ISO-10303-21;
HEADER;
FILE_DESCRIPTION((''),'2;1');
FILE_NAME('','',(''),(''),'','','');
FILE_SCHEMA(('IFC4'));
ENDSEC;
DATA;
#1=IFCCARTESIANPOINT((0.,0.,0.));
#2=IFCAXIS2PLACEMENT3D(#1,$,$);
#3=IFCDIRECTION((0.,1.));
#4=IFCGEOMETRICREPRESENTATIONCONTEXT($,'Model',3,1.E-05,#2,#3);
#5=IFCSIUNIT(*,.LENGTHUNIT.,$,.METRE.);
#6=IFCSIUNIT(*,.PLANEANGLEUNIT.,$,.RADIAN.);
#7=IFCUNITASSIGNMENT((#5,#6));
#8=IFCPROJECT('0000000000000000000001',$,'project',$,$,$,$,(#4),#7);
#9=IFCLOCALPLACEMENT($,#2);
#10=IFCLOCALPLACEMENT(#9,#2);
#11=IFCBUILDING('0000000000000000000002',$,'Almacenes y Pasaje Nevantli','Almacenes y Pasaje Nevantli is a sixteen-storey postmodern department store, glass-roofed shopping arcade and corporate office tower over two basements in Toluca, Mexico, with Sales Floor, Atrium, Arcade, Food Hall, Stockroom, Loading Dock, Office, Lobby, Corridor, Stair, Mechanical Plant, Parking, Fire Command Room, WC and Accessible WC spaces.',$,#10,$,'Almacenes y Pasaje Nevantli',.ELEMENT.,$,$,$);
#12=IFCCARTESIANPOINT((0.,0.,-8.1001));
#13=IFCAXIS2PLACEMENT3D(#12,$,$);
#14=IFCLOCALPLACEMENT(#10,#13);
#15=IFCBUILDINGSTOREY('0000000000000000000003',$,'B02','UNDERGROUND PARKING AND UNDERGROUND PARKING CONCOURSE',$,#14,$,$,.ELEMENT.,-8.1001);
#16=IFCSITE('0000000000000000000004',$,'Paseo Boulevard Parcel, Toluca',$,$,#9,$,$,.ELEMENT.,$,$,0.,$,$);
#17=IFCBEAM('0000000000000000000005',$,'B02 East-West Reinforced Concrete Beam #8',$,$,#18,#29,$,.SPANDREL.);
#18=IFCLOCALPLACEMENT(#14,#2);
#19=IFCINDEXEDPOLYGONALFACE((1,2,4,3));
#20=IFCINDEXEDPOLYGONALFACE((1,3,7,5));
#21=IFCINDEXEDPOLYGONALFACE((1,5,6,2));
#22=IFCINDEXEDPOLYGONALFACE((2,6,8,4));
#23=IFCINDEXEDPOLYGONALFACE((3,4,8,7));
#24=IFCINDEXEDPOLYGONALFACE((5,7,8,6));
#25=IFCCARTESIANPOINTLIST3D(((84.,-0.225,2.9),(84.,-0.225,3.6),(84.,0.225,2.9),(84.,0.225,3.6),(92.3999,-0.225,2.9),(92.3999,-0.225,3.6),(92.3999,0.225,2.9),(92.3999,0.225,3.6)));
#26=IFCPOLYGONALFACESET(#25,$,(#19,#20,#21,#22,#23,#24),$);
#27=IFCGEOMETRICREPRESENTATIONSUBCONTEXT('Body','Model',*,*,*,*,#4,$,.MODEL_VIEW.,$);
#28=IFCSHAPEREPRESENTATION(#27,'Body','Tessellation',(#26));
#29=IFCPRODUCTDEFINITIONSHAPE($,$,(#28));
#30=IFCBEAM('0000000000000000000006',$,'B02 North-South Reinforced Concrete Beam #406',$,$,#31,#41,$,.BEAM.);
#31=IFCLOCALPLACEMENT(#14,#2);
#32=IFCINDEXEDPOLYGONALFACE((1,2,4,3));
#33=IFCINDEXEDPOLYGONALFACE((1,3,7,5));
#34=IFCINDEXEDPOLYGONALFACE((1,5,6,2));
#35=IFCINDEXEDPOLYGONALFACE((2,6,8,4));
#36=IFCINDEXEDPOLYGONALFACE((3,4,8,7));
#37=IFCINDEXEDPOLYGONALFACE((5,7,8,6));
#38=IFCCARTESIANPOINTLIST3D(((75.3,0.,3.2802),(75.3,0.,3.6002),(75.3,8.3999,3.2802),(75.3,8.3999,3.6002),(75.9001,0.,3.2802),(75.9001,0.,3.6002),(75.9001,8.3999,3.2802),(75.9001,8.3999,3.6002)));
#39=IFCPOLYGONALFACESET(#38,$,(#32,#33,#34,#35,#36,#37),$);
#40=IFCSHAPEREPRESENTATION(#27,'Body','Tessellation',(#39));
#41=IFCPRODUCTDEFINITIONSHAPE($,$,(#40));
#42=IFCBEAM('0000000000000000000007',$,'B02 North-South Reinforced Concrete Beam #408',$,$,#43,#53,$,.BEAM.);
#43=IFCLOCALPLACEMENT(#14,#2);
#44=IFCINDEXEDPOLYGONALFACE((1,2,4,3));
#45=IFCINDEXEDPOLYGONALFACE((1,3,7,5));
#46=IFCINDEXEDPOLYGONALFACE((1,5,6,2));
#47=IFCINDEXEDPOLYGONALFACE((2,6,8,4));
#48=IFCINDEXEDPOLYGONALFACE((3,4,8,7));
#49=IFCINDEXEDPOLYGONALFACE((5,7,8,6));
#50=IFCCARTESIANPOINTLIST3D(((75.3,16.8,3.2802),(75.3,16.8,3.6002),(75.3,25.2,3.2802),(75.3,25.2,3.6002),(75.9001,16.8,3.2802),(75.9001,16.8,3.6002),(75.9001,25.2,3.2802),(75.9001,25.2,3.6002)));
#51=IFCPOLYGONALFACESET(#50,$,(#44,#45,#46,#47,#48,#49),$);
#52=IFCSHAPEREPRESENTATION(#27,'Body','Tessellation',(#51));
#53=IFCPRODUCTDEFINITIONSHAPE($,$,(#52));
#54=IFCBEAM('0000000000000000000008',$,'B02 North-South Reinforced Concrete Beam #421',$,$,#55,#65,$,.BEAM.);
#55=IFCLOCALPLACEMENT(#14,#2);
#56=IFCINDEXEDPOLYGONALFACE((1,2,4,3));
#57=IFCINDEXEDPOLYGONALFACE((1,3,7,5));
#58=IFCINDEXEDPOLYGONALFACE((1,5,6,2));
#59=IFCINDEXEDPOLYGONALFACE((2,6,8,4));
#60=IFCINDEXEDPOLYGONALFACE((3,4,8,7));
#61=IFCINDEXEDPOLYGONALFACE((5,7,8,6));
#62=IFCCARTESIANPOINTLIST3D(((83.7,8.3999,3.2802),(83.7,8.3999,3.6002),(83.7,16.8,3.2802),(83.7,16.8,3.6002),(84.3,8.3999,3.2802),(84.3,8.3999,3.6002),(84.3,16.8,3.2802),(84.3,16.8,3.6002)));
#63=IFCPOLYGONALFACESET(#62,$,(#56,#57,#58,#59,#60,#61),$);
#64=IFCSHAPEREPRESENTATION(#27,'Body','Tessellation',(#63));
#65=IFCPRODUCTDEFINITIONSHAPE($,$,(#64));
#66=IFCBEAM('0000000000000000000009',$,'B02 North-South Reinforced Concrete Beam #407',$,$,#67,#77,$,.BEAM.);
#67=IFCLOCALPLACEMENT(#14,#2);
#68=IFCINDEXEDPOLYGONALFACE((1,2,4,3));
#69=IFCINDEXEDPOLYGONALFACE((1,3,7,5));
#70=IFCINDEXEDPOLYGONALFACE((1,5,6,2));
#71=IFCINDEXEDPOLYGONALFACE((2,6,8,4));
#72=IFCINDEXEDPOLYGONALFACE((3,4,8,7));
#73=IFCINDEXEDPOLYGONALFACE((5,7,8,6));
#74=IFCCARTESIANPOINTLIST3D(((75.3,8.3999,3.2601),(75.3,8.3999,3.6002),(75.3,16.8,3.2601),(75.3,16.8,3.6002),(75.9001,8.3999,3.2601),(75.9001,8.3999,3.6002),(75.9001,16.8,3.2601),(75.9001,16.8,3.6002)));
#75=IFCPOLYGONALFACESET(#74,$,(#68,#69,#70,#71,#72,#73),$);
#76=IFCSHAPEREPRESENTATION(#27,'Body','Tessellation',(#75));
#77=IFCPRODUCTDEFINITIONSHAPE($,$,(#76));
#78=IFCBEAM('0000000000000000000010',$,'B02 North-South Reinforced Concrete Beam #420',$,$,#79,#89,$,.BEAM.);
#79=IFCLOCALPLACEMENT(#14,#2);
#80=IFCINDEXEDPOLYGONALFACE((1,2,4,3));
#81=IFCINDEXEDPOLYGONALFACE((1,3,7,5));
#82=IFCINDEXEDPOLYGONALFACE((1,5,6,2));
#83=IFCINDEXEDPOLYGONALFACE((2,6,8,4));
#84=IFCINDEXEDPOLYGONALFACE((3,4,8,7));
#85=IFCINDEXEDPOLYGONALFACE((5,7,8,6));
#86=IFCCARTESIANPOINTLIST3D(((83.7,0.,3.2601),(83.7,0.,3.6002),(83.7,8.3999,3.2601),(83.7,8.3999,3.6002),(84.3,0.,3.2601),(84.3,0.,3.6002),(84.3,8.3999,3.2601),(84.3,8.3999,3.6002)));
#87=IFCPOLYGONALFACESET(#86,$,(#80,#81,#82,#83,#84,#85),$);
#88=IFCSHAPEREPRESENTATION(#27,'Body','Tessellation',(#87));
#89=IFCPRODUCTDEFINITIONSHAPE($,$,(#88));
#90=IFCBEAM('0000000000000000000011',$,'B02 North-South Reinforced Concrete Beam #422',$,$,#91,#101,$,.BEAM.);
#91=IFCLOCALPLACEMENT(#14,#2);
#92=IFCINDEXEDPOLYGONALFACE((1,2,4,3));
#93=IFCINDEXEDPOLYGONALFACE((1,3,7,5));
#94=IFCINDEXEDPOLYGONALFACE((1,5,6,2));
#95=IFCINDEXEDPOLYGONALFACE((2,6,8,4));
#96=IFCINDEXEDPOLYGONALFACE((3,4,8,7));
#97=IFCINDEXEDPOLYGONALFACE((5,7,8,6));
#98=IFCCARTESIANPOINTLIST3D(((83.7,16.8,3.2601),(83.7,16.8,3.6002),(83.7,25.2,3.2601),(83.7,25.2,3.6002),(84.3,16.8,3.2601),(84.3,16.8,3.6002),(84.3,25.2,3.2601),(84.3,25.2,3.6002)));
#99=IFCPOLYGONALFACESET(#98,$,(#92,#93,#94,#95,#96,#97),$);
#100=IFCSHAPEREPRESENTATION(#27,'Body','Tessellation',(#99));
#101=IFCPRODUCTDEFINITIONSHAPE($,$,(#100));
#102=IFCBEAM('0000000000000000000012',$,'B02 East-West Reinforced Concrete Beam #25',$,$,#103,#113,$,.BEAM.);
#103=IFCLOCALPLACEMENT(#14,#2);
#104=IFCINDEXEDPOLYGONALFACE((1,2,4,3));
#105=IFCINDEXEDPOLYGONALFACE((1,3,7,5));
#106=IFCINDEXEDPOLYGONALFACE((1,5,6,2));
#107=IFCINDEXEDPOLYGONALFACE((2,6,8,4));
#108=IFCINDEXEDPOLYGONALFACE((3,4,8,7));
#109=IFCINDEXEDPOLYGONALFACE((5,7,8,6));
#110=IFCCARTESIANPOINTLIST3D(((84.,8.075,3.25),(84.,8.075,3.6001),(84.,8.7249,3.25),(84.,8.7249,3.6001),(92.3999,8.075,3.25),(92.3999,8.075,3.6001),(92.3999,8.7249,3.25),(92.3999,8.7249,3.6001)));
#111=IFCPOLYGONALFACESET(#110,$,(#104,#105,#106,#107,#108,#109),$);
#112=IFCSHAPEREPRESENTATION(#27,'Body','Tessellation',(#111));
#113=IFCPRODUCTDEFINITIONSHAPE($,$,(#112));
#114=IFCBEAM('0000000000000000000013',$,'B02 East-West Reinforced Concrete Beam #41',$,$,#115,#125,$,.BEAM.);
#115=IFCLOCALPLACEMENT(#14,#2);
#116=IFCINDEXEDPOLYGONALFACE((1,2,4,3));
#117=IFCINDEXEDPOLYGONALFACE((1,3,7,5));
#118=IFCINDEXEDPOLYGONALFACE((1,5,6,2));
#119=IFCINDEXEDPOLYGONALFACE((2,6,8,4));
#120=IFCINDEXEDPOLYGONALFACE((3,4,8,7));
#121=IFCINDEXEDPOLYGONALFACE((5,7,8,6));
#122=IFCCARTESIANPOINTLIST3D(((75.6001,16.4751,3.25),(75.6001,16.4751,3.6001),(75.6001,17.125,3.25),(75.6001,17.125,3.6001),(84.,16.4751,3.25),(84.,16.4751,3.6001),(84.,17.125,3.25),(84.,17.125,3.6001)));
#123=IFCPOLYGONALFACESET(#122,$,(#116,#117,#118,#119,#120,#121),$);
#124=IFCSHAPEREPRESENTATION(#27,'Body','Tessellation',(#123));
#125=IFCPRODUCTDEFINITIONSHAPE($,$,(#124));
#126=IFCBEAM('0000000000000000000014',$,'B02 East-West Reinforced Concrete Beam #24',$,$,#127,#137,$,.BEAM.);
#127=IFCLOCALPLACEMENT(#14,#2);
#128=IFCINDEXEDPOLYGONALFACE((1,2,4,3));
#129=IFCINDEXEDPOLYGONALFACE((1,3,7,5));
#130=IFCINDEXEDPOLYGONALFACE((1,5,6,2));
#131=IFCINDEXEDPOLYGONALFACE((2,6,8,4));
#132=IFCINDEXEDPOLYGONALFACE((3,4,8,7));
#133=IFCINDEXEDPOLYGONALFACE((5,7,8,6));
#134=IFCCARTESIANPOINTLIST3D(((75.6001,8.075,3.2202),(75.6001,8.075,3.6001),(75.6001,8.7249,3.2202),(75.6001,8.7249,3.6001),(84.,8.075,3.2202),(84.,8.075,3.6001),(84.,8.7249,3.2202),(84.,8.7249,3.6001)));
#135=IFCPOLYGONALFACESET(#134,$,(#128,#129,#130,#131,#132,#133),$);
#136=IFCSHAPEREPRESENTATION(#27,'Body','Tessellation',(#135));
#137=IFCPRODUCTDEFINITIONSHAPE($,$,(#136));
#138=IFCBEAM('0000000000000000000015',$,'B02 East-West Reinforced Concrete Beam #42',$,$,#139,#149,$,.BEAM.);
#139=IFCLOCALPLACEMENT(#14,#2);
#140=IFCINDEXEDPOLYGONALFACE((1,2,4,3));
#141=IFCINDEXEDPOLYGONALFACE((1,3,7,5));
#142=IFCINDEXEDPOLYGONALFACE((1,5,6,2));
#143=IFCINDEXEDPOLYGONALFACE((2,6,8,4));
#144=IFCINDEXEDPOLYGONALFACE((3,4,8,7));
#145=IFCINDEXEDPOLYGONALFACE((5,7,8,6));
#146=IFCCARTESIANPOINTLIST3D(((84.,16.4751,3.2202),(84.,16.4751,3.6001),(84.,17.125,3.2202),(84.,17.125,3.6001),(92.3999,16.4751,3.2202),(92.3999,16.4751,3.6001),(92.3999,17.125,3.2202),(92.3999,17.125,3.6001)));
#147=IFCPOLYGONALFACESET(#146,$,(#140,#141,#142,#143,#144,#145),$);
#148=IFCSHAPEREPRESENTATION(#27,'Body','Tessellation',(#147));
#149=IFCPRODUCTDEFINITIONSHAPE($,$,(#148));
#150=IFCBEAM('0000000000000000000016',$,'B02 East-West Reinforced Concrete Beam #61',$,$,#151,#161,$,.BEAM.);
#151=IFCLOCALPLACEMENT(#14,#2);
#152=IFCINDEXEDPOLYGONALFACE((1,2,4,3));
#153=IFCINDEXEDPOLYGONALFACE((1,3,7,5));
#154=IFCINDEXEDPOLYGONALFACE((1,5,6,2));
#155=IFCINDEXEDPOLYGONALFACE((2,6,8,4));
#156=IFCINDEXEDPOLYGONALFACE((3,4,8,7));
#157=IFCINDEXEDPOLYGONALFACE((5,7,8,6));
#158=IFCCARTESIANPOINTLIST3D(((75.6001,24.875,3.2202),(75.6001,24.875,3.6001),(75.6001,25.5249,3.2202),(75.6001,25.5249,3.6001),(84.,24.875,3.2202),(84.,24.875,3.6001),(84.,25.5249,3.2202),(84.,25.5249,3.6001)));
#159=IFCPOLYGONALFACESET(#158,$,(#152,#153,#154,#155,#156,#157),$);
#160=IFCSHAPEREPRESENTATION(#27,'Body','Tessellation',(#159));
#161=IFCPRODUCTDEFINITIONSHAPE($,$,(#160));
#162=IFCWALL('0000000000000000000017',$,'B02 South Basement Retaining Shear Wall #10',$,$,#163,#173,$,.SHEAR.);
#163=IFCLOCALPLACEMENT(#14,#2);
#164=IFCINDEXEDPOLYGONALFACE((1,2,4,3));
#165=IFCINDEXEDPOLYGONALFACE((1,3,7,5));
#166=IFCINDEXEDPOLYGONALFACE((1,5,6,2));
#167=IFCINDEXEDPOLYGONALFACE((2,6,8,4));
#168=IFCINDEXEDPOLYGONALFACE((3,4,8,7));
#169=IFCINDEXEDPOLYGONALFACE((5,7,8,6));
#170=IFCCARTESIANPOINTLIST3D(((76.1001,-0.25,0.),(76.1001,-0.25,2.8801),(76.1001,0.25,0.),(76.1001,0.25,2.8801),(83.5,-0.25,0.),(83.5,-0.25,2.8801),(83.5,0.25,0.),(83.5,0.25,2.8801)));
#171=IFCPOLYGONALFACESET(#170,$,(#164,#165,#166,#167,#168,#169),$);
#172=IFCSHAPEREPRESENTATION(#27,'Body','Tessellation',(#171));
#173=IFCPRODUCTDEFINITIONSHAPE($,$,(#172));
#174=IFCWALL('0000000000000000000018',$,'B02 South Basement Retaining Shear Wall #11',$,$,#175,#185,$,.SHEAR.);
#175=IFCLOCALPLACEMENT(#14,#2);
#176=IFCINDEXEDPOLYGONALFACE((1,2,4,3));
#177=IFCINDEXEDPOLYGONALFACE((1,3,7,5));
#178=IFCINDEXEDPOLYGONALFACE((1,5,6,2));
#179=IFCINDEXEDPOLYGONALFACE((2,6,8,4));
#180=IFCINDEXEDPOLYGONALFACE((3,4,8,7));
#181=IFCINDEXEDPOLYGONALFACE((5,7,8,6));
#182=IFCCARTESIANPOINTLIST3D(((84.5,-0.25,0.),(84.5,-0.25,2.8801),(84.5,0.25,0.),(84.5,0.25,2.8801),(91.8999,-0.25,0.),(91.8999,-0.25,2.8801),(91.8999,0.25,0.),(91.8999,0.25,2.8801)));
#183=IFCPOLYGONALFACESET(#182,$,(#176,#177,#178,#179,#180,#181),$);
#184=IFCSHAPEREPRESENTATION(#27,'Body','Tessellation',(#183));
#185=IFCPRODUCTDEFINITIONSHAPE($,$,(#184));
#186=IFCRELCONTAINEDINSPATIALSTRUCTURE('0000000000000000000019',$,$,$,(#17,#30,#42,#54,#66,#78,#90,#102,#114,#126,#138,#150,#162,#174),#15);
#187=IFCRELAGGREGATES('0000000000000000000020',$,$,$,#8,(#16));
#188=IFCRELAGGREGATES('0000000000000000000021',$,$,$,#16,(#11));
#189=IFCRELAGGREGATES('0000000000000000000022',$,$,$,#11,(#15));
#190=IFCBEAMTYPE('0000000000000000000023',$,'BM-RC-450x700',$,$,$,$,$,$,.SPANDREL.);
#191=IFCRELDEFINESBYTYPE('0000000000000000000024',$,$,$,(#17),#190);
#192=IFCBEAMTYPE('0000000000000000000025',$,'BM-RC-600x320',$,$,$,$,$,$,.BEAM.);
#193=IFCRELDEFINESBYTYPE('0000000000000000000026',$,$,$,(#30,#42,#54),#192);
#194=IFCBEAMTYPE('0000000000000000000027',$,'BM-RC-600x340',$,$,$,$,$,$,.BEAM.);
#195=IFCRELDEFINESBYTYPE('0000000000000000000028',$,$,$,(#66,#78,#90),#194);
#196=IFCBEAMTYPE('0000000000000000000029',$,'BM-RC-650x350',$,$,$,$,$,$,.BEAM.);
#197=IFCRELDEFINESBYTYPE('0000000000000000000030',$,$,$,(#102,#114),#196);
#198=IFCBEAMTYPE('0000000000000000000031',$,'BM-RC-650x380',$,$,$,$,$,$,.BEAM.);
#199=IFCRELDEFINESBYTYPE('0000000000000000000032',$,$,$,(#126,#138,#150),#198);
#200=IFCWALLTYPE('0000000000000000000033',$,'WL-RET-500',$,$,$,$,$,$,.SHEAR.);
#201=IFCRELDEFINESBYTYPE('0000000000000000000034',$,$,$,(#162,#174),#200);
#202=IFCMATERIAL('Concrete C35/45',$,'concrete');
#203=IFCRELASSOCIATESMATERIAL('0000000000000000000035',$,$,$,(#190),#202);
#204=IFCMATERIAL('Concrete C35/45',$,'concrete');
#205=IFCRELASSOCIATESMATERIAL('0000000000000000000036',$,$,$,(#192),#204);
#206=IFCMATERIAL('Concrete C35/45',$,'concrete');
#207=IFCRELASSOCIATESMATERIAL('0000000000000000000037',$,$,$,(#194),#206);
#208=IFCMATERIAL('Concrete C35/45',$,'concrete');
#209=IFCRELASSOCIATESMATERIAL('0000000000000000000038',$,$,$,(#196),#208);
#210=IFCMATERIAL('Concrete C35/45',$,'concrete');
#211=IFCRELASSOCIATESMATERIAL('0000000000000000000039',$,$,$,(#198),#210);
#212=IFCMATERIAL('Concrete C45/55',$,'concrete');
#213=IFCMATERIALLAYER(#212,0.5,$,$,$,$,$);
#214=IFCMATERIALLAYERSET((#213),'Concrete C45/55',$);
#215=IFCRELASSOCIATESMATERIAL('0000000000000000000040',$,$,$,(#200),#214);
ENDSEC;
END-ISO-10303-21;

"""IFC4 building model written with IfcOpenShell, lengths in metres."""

from ifc_helpers import new_model, si_unit, direction, frame, frame_2d, origin, origin_2d, place, context, subcontext, project, spatial, rectangle, extrude, material, layer, layer_set, material_profile, profile_set, type_object, element, save


model = new_model("IFC4")

# Units and contexts
model_context = context("Model", 3, precision=1e-05, world=origin(), true_north=direction((0.0, 1.0)))
body_context = subcontext(model_context, "Body", "Model", "MODEL_VIEW")
ifc_project = project(units=[si_unit("LENGTHUNIT", "METRE"), si_unit("PLANEANGLEUNIT", "RADIAN")], contexts=[model_context])

# Site, building, storey
site_placement = place(None, origin())
site = spatial("IfcSite", under=ifc_project, at=site_placement, Name="Paseo Boulevard Parcel, Toluca", CompositionType="ELEMENT", RefElevation=0.0)
building_placement = place(site_placement, origin())
building = spatial("IfcBuilding", under=site, at=building_placement, Name="Almacenes y Pasaje Nevantli", Description="Almacenes y Pasaje Nevantli is a sixteen-storey postmodern department store, glass-roofed shopping arcade and corporate office tower over two basements in Toluca, Mexico, with Sales Floor, Atrium, Arcade, Food Hall, Stockroom, Loading Dock, Office, Lobby, Corridor, Stair, Mechanical Plant, Parking, Fire Command Room, WC and Accessible WC spaces.", LongName="Almacenes y Pasaje Nevantli", CompositionType="ELEMENT")
storey_placement = place(building_placement, frame((0.0, 0.0, -8.1001)))
storey = spatial("IfcBuildingStorey", under=building, at=storey_placement, Name="B02", Description="UNDERGROUND PARKING AND UNDERGROUND PARKING CONCOURSE", CompositionType="ELEMENT", Elevation=-8.1001)

# Beams
ifc_material_1 = material(Name="Concrete C35/45", Category="concrete")
ifc_material_profile_1 = material_profile(ifc_material_1, rectangle(XDim=0.45, YDim=0.7, at=origin_2d()), Name="RC-BM-450x700")
ifc_profile_set_1 = profile_set([ifc_material_profile_1], Name="Concrete C35/45")
beam_type_1 = type_object("IfcBeamType", Name="BM-RC-450x700", PredefinedType="SPANDREL", material=ifc_profile_set_1)
beam_1_placement = place(storey_placement, frame((84.0, 0.0, 3.25), z_axis=(1.0, 0.0, 0.0), x_axis=(0.0, 1.0, 0.0)))
element("IfcBeam", 1, at=beam_1_placement, inside=storey, type_object=beam_type_1, Name="B02 East-West Reinforced Concrete Beam #8", PredefinedType="SPANDREL", context=body_context, shape_type="SweptSolid", body=[
    extrude(rectangle(XDim=0.45, YDim=0.7, at=origin_2d()), origin(), (0.0, 0.0, 1.0), 8.3999),
])
ifc_material_2 = material(Name="Concrete C35/45", Category="concrete")
ifc_material_profile_2 = material_profile(ifc_material_2, rectangle(XDim=0.6001, YDim=0.3201, at=origin_2d()), Name="RC-BM-600x320")
ifc_profile_set_2 = profile_set([ifc_material_profile_2], Name="Concrete C35/45")
beam_type_2 = type_object("IfcBeamType", Name="BM-RC-600x320", PredefinedType="BEAM", material=ifc_profile_set_2)
for number, where, z_axis, x_axis, name in (
    (2, (75.6001, 0.0, 3.4402), (0.0, 1.0, 0.0), (-1.0, 0.0, 0.0), "B02 North-South Reinforced Concrete Beam #406"),
    (3, (75.6001, 16.8, 3.4402), (0.0, 1.0, 0.0), (-1.0, 0.0, 0.0), "B02 North-South Reinforced Concrete Beam #408"),
):
    element("IfcBeam", number, at=place(storey_placement, frame(where, z_axis=z_axis, x_axis=x_axis)), inside=storey, type_object=beam_type_2, Name=name, PredefinedType="BEAM", context=body_context, shape_type="SweptSolid", body=[
        extrude(rectangle(XDim=0.6001, YDim=0.3201, at=origin_2d()), origin(), (0.0, 0.0, 1.0), 8.3999),
    ])
beam_2_placement = place(storey_placement, frame((84.0, 8.3999, 3.4402), z_axis=(0.0, 1.0, 0.0), x_axis=(-1.0, 0.0, 0.0)))
element("IfcBeam", 4, at=beam_2_placement, inside=storey, type_object=beam_type_2, Name="B02 North-South Reinforced Concrete Beam #421", PredefinedType="BEAM", context=body_context, shape_type="SweptSolid", body=[
    extrude(rectangle(XDim=0.6001, YDim=0.3201, at=origin_2d()), origin(), (0.0, 0.0, 1.0), 8.4001),
])
ifc_material_3 = material(Name="Concrete C35/45", Category="concrete")
ifc_material_profile_3 = material_profile(ifc_material_3, rectangle(XDim=0.6001, YDim=0.3401, at=origin_2d()), Name="RC-BM-600x340")
ifc_profile_set_3 = profile_set([ifc_material_profile_3], Name="Concrete C35/45")
beam_type_3 = type_object("IfcBeamType", Name="BM-RC-600x340", PredefinedType="BEAM", material=ifc_profile_set_3)
beam_3_placement = place(storey_placement, frame((75.6001, 8.3999, 3.4302), z_axis=(0.0, 1.0, 0.0), x_axis=(-1.0, 0.0, 0.0)))
element("IfcBeam", 5, at=beam_3_placement, inside=storey, type_object=beam_type_3, Name="B02 North-South Reinforced Concrete Beam #407", PredefinedType="BEAM", context=body_context, shape_type="SweptSolid", body=[
    extrude(rectangle(XDim=0.6001, YDim=0.3401, at=origin_2d()), origin(), (0.0, 0.0, 1.0), 8.4001),
])
for number, where, z_axis, x_axis, name in (
    (6, (84.0, 0.0, 3.4302), (0.0, 1.0, 0.0), (-1.0, 0.0, 0.0), "B02 North-South Reinforced Concrete Beam #420"),
    (7, (84.0, 16.8, 3.4302), (0.0, 1.0, 0.0), (-1.0, 0.0, 0.0), "B02 North-South Reinforced Concrete Beam #422"),
):
    element("IfcBeam", number, at=place(storey_placement, frame(where, z_axis=z_axis, x_axis=x_axis)), inside=storey, type_object=beam_type_3, Name=name, PredefinedType="BEAM", context=body_context, shape_type="SweptSolid", body=[
        extrude(rectangle(XDim=0.6001, YDim=0.3401, at=origin_2d()), origin(), (0.0, 0.0, 1.0), 8.3999),
    ])
ifc_material_4 = material(Name="Concrete C35/45", Category="concrete")
ifc_material_profile_4 = material_profile(ifc_material_4, rectangle(XDim=0.6499, YDim=0.3501, at=origin_2d()), Name="RC-BM-650x350")
ifc_profile_set_4 = profile_set([ifc_material_profile_4], Name="Concrete C35/45")
beam_type_4 = type_object("IfcBeamType", Name="BM-RC-650x350", PredefinedType="BEAM", material=ifc_profile_set_4)
for number, where, z_axis, x_axis, name in (
    (8, (84.0, 8.3999, 3.425), (1.0, 0.0, 0.0), (0.0, 1.0, 0.0), "B02 East-West Reinforced Concrete Beam #25"),
    (9, (75.6001, 16.8, 3.425), (1.0, 0.0, 0.0), (0.0, 1.0, 0.0), "B02 East-West Reinforced Concrete Beam #41"),
):
    element("IfcBeam", number, at=place(storey_placement, frame(where, z_axis=z_axis, x_axis=x_axis)), inside=storey, type_object=beam_type_4, Name=name, PredefinedType="BEAM", context=body_context, shape_type="SweptSolid", body=[
        extrude(rectangle(XDim=0.6499, YDim=0.3501, at=origin_2d()), origin(), (0.0, 0.0, 1.0), 8.3999),
    ])
ifc_material_5 = material(Name="Concrete C35/45", Category="concrete")
ifc_material_profile_5 = material_profile(ifc_material_5, rectangle(XDim=0.6499, YDim=0.3799, at=origin_2d()), Name="RC-BM-650x380")
ifc_profile_set_5 = profile_set([ifc_material_profile_5], Name="Concrete C35/45")
beam_type_5 = type_object("IfcBeamType", Name="BM-RC-650x380", PredefinedType="BEAM", material=ifc_profile_set_5)
for number, where, z_axis, x_axis, name in (
    (10, (75.6001, 8.3999, 3.4102), (1.0, 0.0, 0.0), (0.0, 1.0, 0.0), "B02 East-West Reinforced Concrete Beam #24"),
    (11, (84.0, 16.8, 3.4102), (1.0, 0.0, 0.0), (0.0, 1.0, 0.0), "B02 East-West Reinforced Concrete Beam #42"),
    (12, (75.6001, 25.2, 3.4102), (1.0, 0.0, 0.0), (0.0, 1.0, 0.0), "B02 East-West Reinforced Concrete Beam #61"),
):
    element("IfcBeam", number, at=place(storey_placement, frame(where, z_axis=z_axis, x_axis=x_axis)), inside=storey, type_object=beam_type_5, Name=name, PredefinedType="BEAM", context=body_context, shape_type="SweptSolid", body=[
        extrude(rectangle(XDim=0.6499, YDim=0.3799, at=origin_2d()), origin(), (0.0, 0.0, 1.0), 8.3999),
    ])

# Walls
ifc_material_6 = material(Name="Concrete C45/55", Category="concrete")
ifc_layer_1 = layer(ifc_material_6, 0.5)
ifc_layer_set_1 = layer_set([ifc_layer_1], Name="Concrete C45/55")
wall_type = type_object("IfcWallType", Name="WL-RET-500", PredefinedType="SHEAR", material=ifc_layer_set_1)
for number, where, z_axis, x_axis, name in (
    (13, (76.1001, 0.0, 0.0), (0.0, 0.0, 1.0), (1.0, 0.0, 0.0), "B02 South Basement Retaining Shear Wall #10"),
    (14, (84.5, 0.0, 0.0), (0.0, 0.0, 1.0), (1.0, 0.0, 0.0), "B02 South Basement Retaining Shear Wall #11"),
):
    element("IfcWall", number, at=place(storey_placement, frame(where, z_axis=z_axis, x_axis=x_axis)), inside=storey, type_object=wall_type, Name=name, PredefinedType="SHEAR", context=body_context, shape_type="SweptSolid", body=[
        extrude(rectangle(XDim=7.3999, YDim=0.5, at=frame_2d((3.7, 0.0))), origin(), (0.0, 0.0, 1.0), 2.8801),
    ])

save(model, "model.ifc")
